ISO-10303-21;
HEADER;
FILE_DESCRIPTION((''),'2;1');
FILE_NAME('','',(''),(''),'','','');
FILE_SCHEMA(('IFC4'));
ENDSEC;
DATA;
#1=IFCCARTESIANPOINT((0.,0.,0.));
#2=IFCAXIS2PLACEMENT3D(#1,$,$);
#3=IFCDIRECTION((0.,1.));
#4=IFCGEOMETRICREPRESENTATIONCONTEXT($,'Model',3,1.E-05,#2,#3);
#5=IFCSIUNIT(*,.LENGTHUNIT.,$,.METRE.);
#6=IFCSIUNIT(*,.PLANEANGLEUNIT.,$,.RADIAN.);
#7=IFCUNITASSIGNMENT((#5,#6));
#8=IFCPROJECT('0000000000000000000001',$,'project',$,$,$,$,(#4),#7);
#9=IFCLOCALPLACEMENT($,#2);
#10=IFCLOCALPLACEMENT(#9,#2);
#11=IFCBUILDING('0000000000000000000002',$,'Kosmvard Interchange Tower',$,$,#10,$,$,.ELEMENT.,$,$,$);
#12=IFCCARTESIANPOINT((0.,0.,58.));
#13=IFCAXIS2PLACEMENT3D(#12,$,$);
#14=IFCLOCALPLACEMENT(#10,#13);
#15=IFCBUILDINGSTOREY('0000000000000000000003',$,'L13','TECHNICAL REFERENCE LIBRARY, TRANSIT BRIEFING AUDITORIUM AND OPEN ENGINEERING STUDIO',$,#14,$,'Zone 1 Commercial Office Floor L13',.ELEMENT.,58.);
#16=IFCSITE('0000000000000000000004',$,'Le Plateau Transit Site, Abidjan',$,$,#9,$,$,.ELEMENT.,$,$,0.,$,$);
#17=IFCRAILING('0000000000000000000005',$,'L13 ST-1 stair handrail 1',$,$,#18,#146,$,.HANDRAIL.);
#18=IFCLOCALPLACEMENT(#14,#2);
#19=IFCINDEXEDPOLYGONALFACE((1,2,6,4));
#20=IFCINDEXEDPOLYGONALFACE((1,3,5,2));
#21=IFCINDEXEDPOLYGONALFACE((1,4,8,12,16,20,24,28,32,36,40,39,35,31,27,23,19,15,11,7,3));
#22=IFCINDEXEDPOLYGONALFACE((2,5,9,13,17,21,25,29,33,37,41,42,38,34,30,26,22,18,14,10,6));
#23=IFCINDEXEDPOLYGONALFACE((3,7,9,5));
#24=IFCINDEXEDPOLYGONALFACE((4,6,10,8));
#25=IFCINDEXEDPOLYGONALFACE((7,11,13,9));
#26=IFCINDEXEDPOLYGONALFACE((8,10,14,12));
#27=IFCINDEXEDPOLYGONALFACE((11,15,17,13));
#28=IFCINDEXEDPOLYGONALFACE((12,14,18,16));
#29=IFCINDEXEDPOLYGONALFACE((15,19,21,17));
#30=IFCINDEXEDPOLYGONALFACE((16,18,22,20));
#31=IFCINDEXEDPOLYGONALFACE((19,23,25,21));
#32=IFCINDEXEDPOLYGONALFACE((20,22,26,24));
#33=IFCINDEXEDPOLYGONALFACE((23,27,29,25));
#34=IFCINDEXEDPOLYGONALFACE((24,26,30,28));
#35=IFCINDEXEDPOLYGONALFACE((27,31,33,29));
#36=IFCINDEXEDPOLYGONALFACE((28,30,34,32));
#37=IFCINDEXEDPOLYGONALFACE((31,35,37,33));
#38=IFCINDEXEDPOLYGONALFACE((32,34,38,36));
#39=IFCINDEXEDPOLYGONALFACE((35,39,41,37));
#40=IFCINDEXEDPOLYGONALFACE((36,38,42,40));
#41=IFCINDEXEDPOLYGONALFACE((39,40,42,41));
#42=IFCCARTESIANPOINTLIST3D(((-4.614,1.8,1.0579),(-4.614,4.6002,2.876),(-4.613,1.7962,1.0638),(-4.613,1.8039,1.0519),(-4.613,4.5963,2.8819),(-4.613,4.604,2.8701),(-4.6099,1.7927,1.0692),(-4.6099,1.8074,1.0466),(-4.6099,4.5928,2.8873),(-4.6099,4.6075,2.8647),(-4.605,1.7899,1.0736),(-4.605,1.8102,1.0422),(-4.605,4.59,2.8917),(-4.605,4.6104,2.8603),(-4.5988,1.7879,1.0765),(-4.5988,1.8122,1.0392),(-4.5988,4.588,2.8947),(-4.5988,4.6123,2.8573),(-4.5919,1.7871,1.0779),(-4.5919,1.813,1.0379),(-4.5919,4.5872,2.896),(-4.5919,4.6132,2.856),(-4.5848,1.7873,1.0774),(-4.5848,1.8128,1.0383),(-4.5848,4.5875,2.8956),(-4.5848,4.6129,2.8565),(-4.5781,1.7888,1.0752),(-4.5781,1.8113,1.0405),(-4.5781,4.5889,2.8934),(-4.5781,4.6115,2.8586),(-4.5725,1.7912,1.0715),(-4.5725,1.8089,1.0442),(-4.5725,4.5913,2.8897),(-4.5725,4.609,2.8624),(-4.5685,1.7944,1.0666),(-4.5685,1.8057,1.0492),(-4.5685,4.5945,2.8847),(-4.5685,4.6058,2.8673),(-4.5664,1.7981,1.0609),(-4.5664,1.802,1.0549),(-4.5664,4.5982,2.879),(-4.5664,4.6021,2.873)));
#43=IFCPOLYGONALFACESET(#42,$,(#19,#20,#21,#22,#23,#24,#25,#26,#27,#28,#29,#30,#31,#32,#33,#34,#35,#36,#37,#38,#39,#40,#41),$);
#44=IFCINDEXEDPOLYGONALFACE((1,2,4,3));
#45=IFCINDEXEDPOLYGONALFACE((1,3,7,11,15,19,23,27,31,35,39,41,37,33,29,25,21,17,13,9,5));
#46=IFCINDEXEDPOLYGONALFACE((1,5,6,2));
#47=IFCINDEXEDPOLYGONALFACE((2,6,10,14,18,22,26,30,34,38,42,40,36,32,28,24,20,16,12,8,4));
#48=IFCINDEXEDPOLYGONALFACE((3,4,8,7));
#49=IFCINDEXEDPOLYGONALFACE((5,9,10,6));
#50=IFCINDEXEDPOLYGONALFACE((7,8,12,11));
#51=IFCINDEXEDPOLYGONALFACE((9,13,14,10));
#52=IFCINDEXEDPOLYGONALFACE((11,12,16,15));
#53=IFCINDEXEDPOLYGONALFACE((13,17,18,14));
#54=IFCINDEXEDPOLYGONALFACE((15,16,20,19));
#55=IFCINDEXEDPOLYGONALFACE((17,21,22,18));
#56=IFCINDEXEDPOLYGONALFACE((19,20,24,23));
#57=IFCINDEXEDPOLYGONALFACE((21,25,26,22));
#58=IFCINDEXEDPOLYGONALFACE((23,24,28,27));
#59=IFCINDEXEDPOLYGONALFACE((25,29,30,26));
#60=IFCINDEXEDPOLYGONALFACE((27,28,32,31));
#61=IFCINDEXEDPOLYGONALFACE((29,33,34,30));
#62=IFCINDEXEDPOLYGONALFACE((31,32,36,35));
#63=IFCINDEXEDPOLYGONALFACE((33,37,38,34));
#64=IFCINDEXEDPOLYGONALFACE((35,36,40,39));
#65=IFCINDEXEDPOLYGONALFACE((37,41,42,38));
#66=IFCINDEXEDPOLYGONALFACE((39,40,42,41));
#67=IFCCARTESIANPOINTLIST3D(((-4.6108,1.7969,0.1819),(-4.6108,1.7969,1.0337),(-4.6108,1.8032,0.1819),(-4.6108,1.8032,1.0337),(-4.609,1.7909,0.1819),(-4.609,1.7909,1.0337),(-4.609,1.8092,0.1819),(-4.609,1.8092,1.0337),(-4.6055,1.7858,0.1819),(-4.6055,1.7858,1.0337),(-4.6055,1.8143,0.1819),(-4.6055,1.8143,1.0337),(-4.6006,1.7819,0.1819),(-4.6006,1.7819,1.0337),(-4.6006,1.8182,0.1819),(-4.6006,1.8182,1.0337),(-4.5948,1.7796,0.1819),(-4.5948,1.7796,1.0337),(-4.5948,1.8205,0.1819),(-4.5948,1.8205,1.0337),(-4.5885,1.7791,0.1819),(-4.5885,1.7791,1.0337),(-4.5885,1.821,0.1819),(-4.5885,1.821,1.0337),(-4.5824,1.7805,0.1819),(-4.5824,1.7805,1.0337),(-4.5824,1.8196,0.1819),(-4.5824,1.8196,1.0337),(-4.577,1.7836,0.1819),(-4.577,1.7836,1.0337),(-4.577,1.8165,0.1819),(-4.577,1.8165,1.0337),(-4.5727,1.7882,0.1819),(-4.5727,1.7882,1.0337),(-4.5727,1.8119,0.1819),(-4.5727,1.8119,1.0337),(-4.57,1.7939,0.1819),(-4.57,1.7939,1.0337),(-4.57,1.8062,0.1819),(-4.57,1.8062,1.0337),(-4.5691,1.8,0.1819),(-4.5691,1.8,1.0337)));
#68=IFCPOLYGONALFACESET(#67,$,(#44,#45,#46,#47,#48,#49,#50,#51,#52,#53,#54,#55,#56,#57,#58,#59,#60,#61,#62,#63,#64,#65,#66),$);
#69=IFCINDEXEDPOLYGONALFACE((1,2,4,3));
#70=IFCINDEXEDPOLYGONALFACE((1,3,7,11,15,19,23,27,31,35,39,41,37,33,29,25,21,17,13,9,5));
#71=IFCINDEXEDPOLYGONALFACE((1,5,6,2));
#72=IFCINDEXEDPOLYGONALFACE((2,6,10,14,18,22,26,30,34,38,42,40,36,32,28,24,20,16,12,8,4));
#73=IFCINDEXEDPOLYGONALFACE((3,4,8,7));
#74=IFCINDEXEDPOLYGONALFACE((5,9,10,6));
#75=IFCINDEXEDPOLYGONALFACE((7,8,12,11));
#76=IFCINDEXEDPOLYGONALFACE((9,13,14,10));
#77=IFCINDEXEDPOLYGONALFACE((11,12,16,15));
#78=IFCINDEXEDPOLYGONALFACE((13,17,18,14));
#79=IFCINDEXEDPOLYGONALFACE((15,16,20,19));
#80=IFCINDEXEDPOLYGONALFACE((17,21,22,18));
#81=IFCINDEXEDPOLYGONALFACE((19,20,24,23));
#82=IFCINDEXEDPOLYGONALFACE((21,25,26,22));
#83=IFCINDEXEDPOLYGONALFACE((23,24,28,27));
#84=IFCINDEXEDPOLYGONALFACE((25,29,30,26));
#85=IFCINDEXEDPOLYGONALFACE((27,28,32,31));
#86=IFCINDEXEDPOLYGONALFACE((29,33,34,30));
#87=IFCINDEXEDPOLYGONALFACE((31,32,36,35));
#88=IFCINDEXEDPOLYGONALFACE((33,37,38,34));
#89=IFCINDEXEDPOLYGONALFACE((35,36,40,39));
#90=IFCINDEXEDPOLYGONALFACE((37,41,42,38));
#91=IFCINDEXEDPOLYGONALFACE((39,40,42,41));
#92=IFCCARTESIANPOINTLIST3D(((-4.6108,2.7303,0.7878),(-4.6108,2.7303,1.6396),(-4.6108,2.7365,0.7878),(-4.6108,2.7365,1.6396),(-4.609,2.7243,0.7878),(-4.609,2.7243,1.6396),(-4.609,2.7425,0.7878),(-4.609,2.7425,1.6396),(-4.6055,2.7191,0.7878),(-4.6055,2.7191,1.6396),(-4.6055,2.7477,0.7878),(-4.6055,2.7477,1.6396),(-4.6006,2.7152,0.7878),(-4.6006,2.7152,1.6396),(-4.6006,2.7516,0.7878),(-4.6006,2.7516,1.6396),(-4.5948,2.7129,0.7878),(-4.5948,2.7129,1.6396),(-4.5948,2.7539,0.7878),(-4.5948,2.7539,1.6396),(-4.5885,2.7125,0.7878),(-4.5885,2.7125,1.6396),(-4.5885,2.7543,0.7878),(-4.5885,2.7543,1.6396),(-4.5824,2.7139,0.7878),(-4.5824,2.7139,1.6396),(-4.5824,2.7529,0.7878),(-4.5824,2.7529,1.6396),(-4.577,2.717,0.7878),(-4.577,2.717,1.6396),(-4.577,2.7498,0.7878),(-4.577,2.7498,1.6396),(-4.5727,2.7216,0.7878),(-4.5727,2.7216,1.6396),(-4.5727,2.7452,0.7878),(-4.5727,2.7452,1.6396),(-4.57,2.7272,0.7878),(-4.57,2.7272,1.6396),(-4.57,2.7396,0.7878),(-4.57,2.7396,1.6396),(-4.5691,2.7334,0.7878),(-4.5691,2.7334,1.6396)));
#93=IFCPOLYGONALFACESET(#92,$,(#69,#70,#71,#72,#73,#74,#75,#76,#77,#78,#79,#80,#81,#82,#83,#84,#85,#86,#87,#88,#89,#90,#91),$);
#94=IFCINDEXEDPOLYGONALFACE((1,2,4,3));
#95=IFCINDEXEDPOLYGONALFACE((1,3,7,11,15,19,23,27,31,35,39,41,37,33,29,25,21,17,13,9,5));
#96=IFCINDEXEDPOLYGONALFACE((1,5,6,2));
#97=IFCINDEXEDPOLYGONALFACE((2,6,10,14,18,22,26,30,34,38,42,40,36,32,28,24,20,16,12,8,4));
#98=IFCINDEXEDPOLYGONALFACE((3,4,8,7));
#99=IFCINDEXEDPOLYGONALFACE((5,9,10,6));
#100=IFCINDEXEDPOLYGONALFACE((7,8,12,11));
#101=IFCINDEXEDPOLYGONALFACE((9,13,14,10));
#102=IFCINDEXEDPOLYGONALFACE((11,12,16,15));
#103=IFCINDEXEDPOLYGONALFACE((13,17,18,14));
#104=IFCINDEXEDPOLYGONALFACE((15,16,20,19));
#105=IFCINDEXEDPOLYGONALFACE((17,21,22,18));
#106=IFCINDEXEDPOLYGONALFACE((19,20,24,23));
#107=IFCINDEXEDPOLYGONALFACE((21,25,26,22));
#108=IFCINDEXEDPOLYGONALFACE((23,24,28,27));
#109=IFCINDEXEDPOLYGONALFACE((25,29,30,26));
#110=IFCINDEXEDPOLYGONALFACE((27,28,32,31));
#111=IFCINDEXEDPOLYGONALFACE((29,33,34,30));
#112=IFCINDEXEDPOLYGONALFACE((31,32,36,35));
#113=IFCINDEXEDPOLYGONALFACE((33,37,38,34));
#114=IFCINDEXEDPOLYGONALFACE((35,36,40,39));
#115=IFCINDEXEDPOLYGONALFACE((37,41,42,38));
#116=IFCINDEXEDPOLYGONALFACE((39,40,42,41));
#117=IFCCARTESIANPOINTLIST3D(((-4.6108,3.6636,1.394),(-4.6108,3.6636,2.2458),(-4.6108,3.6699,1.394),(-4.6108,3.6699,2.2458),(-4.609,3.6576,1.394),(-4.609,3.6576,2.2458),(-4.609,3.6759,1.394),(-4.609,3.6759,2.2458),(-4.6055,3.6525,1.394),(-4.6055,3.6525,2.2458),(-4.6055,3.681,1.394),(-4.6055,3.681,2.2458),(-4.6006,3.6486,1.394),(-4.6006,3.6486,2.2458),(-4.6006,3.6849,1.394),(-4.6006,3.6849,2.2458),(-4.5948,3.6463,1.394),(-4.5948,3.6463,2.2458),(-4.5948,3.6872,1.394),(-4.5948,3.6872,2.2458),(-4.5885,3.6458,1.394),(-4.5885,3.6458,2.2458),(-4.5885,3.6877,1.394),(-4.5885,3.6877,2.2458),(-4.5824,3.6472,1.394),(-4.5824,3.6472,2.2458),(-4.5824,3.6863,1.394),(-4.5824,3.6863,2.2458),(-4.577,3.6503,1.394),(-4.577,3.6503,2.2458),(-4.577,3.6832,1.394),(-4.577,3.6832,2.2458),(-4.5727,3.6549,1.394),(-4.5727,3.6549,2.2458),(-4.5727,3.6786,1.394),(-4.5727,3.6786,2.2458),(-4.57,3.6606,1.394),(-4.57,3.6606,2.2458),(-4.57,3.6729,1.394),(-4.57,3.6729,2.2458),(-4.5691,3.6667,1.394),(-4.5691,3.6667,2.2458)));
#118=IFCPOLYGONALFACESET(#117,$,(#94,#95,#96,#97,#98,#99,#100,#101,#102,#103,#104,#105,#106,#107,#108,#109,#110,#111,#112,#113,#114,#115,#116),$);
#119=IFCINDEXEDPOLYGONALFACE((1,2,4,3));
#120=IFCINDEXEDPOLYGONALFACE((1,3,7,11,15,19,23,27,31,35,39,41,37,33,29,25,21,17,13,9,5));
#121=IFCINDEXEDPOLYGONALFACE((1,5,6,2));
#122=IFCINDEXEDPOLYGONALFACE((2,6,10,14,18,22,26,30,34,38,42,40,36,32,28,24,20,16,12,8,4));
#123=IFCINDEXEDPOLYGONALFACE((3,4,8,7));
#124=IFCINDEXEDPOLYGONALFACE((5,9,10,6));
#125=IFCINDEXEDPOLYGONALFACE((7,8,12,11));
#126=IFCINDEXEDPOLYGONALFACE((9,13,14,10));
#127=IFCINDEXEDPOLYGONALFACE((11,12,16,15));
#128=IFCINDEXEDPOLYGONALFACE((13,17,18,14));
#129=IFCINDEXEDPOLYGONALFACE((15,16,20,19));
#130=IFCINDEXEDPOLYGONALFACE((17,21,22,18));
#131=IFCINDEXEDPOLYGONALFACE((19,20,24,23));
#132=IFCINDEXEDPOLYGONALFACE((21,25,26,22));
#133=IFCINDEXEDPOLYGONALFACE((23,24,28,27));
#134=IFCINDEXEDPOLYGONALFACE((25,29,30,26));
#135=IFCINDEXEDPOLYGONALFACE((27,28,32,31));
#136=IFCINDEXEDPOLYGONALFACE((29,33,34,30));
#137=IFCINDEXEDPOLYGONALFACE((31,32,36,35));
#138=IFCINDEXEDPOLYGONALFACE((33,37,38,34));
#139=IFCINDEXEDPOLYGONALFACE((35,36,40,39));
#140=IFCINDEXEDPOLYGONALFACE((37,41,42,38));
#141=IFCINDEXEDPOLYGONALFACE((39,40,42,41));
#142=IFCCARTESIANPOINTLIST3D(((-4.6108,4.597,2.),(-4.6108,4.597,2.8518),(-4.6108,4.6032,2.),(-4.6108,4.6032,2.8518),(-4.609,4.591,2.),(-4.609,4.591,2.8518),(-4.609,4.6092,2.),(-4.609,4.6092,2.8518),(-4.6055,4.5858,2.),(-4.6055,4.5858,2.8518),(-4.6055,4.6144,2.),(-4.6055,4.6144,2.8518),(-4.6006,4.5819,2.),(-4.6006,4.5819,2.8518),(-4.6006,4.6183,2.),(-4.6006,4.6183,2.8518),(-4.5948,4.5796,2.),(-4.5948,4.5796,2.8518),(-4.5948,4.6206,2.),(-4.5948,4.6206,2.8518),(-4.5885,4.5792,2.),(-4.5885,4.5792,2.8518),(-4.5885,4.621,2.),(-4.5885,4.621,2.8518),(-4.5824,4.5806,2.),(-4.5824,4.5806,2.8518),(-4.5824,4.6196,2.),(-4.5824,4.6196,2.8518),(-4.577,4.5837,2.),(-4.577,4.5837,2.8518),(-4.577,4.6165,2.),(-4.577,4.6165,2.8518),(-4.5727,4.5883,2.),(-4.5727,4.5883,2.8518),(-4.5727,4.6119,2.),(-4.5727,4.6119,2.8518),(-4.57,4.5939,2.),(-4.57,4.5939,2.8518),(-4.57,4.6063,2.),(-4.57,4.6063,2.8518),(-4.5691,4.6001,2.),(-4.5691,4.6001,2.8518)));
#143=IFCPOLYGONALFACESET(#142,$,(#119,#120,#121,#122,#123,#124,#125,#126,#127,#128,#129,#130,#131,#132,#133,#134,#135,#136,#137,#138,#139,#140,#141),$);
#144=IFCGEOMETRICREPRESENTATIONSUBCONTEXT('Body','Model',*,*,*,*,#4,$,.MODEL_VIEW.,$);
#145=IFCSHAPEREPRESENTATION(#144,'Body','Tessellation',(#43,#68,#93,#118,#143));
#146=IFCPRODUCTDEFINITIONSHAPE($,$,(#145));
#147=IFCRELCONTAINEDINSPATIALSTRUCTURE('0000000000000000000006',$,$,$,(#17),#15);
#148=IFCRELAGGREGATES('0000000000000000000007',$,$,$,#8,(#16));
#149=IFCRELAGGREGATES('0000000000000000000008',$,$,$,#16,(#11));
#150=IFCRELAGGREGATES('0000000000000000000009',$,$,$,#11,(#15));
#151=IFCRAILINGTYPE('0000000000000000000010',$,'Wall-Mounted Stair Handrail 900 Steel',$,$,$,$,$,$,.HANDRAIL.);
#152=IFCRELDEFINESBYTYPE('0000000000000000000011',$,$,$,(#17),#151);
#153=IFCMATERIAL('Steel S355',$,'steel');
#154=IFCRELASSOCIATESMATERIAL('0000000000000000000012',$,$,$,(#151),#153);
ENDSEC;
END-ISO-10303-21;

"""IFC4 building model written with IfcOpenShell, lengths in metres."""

from ifc_helpers import new_model, si_unit, direction, frame, origin, origin_2d, place, context, subcontext, project, spatial, circle, extrude, source, transform, mapped, material, type_object, element, save


model = new_model("IFC4")

# Units and contexts
model_context = context("Model", 3, precision=1e-05, world=origin(), true_north=direction((0.0, 1.0)))
body_context = subcontext(model_context, "Body", "Model", "MODEL_VIEW")
ifc_project = project(units=[si_unit("LENGTHUNIT", "METRE"), si_unit("PLANEANGLEUNIT", "RADIAN")], contexts=[model_context])

# Site, building, storey
site_placement = place(None, origin())
site = spatial("IfcSite", under=ifc_project, at=site_placement, Name="Le Plateau Transit Site, Abidjan", CompositionType="ELEMENT", RefElevation=0.0)
building_placement = place(site_placement, origin())
building = spatial("IfcBuilding", under=site, at=building_placement, Name="Kosmvard Interchange Tower", CompositionType="ELEMENT")
storey_placement = place(building_placement, frame((0.0, 0.0, 58.0)))
storey = spatial("IfcBuildingStorey", under=building, at=storey_placement, Name="L13", Description="TECHNICAL REFERENCE LIBRARY, TRANSIT BRIEFING AUDITORIUM AND OPEN ENGINEERING STUDIO", LongName="Zone 1 Commercial Office Floor L13", CompositionType="ELEMENT", Elevation=58.0)

# Shared definitions
ifc_material_1 = material(Name="Steel S355", Category="steel")

# Railing
railing_type_1 = type_object("IfcRailingType", Name="Wall-Mounted Stair Handrail 900 Steel", PredefinedType="HANDRAIL", material=ifc_material_1)
shared_shape_1 = source(origin(), body_context, "Body", "SweptSolid", [
    extrude(circle(Radius=0.0239, at=origin_2d()), frame((0.0, 0.0, 0.876), z_axis=(0.0, 0.838706, 0.544585), x_axis=(-1.0, 0.0, 0.0)), (0.0, 0.0, 1.0), 3.3386),
    extrude(circle(Radius=0.021, at=origin_2d()), origin(), (0.0, 0.0, 1.0), 0.8518),
    extrude(circle(Radius=0.021, at=origin_2d()), frame((0.0, 0.9333, 0.606)), (0.0, 0.0, 1.0), 0.8518),
    extrude(circle(Radius=0.021, at=origin_2d()), frame((0.0, 1.8667, 1.2122)), (0.0, 0.0, 1.0), 0.8518),
    extrude(circle(Radius=0.021, at=origin_2d()), frame((0.0, 2.8, 1.8181)), (0.0, 0.0, 1.0), 0.8518),
])
railing_1_placement = place(storey_placement, frame((-4.5901, 1.8, 0.1819)))
element("IfcRailing", 1, at=railing_1_placement, inside=storey, type_object=railing_type_1, Name="L13 ST-1 stair handrail 1", PredefinedType="HANDRAIL", context=body_context, shape_type="MappedRepresentation", body=[
    mapped(shared_shape_1, transform((0.0, 0.0, 0.0), scale=1.0)),
])

save(model, "model.ifc")
